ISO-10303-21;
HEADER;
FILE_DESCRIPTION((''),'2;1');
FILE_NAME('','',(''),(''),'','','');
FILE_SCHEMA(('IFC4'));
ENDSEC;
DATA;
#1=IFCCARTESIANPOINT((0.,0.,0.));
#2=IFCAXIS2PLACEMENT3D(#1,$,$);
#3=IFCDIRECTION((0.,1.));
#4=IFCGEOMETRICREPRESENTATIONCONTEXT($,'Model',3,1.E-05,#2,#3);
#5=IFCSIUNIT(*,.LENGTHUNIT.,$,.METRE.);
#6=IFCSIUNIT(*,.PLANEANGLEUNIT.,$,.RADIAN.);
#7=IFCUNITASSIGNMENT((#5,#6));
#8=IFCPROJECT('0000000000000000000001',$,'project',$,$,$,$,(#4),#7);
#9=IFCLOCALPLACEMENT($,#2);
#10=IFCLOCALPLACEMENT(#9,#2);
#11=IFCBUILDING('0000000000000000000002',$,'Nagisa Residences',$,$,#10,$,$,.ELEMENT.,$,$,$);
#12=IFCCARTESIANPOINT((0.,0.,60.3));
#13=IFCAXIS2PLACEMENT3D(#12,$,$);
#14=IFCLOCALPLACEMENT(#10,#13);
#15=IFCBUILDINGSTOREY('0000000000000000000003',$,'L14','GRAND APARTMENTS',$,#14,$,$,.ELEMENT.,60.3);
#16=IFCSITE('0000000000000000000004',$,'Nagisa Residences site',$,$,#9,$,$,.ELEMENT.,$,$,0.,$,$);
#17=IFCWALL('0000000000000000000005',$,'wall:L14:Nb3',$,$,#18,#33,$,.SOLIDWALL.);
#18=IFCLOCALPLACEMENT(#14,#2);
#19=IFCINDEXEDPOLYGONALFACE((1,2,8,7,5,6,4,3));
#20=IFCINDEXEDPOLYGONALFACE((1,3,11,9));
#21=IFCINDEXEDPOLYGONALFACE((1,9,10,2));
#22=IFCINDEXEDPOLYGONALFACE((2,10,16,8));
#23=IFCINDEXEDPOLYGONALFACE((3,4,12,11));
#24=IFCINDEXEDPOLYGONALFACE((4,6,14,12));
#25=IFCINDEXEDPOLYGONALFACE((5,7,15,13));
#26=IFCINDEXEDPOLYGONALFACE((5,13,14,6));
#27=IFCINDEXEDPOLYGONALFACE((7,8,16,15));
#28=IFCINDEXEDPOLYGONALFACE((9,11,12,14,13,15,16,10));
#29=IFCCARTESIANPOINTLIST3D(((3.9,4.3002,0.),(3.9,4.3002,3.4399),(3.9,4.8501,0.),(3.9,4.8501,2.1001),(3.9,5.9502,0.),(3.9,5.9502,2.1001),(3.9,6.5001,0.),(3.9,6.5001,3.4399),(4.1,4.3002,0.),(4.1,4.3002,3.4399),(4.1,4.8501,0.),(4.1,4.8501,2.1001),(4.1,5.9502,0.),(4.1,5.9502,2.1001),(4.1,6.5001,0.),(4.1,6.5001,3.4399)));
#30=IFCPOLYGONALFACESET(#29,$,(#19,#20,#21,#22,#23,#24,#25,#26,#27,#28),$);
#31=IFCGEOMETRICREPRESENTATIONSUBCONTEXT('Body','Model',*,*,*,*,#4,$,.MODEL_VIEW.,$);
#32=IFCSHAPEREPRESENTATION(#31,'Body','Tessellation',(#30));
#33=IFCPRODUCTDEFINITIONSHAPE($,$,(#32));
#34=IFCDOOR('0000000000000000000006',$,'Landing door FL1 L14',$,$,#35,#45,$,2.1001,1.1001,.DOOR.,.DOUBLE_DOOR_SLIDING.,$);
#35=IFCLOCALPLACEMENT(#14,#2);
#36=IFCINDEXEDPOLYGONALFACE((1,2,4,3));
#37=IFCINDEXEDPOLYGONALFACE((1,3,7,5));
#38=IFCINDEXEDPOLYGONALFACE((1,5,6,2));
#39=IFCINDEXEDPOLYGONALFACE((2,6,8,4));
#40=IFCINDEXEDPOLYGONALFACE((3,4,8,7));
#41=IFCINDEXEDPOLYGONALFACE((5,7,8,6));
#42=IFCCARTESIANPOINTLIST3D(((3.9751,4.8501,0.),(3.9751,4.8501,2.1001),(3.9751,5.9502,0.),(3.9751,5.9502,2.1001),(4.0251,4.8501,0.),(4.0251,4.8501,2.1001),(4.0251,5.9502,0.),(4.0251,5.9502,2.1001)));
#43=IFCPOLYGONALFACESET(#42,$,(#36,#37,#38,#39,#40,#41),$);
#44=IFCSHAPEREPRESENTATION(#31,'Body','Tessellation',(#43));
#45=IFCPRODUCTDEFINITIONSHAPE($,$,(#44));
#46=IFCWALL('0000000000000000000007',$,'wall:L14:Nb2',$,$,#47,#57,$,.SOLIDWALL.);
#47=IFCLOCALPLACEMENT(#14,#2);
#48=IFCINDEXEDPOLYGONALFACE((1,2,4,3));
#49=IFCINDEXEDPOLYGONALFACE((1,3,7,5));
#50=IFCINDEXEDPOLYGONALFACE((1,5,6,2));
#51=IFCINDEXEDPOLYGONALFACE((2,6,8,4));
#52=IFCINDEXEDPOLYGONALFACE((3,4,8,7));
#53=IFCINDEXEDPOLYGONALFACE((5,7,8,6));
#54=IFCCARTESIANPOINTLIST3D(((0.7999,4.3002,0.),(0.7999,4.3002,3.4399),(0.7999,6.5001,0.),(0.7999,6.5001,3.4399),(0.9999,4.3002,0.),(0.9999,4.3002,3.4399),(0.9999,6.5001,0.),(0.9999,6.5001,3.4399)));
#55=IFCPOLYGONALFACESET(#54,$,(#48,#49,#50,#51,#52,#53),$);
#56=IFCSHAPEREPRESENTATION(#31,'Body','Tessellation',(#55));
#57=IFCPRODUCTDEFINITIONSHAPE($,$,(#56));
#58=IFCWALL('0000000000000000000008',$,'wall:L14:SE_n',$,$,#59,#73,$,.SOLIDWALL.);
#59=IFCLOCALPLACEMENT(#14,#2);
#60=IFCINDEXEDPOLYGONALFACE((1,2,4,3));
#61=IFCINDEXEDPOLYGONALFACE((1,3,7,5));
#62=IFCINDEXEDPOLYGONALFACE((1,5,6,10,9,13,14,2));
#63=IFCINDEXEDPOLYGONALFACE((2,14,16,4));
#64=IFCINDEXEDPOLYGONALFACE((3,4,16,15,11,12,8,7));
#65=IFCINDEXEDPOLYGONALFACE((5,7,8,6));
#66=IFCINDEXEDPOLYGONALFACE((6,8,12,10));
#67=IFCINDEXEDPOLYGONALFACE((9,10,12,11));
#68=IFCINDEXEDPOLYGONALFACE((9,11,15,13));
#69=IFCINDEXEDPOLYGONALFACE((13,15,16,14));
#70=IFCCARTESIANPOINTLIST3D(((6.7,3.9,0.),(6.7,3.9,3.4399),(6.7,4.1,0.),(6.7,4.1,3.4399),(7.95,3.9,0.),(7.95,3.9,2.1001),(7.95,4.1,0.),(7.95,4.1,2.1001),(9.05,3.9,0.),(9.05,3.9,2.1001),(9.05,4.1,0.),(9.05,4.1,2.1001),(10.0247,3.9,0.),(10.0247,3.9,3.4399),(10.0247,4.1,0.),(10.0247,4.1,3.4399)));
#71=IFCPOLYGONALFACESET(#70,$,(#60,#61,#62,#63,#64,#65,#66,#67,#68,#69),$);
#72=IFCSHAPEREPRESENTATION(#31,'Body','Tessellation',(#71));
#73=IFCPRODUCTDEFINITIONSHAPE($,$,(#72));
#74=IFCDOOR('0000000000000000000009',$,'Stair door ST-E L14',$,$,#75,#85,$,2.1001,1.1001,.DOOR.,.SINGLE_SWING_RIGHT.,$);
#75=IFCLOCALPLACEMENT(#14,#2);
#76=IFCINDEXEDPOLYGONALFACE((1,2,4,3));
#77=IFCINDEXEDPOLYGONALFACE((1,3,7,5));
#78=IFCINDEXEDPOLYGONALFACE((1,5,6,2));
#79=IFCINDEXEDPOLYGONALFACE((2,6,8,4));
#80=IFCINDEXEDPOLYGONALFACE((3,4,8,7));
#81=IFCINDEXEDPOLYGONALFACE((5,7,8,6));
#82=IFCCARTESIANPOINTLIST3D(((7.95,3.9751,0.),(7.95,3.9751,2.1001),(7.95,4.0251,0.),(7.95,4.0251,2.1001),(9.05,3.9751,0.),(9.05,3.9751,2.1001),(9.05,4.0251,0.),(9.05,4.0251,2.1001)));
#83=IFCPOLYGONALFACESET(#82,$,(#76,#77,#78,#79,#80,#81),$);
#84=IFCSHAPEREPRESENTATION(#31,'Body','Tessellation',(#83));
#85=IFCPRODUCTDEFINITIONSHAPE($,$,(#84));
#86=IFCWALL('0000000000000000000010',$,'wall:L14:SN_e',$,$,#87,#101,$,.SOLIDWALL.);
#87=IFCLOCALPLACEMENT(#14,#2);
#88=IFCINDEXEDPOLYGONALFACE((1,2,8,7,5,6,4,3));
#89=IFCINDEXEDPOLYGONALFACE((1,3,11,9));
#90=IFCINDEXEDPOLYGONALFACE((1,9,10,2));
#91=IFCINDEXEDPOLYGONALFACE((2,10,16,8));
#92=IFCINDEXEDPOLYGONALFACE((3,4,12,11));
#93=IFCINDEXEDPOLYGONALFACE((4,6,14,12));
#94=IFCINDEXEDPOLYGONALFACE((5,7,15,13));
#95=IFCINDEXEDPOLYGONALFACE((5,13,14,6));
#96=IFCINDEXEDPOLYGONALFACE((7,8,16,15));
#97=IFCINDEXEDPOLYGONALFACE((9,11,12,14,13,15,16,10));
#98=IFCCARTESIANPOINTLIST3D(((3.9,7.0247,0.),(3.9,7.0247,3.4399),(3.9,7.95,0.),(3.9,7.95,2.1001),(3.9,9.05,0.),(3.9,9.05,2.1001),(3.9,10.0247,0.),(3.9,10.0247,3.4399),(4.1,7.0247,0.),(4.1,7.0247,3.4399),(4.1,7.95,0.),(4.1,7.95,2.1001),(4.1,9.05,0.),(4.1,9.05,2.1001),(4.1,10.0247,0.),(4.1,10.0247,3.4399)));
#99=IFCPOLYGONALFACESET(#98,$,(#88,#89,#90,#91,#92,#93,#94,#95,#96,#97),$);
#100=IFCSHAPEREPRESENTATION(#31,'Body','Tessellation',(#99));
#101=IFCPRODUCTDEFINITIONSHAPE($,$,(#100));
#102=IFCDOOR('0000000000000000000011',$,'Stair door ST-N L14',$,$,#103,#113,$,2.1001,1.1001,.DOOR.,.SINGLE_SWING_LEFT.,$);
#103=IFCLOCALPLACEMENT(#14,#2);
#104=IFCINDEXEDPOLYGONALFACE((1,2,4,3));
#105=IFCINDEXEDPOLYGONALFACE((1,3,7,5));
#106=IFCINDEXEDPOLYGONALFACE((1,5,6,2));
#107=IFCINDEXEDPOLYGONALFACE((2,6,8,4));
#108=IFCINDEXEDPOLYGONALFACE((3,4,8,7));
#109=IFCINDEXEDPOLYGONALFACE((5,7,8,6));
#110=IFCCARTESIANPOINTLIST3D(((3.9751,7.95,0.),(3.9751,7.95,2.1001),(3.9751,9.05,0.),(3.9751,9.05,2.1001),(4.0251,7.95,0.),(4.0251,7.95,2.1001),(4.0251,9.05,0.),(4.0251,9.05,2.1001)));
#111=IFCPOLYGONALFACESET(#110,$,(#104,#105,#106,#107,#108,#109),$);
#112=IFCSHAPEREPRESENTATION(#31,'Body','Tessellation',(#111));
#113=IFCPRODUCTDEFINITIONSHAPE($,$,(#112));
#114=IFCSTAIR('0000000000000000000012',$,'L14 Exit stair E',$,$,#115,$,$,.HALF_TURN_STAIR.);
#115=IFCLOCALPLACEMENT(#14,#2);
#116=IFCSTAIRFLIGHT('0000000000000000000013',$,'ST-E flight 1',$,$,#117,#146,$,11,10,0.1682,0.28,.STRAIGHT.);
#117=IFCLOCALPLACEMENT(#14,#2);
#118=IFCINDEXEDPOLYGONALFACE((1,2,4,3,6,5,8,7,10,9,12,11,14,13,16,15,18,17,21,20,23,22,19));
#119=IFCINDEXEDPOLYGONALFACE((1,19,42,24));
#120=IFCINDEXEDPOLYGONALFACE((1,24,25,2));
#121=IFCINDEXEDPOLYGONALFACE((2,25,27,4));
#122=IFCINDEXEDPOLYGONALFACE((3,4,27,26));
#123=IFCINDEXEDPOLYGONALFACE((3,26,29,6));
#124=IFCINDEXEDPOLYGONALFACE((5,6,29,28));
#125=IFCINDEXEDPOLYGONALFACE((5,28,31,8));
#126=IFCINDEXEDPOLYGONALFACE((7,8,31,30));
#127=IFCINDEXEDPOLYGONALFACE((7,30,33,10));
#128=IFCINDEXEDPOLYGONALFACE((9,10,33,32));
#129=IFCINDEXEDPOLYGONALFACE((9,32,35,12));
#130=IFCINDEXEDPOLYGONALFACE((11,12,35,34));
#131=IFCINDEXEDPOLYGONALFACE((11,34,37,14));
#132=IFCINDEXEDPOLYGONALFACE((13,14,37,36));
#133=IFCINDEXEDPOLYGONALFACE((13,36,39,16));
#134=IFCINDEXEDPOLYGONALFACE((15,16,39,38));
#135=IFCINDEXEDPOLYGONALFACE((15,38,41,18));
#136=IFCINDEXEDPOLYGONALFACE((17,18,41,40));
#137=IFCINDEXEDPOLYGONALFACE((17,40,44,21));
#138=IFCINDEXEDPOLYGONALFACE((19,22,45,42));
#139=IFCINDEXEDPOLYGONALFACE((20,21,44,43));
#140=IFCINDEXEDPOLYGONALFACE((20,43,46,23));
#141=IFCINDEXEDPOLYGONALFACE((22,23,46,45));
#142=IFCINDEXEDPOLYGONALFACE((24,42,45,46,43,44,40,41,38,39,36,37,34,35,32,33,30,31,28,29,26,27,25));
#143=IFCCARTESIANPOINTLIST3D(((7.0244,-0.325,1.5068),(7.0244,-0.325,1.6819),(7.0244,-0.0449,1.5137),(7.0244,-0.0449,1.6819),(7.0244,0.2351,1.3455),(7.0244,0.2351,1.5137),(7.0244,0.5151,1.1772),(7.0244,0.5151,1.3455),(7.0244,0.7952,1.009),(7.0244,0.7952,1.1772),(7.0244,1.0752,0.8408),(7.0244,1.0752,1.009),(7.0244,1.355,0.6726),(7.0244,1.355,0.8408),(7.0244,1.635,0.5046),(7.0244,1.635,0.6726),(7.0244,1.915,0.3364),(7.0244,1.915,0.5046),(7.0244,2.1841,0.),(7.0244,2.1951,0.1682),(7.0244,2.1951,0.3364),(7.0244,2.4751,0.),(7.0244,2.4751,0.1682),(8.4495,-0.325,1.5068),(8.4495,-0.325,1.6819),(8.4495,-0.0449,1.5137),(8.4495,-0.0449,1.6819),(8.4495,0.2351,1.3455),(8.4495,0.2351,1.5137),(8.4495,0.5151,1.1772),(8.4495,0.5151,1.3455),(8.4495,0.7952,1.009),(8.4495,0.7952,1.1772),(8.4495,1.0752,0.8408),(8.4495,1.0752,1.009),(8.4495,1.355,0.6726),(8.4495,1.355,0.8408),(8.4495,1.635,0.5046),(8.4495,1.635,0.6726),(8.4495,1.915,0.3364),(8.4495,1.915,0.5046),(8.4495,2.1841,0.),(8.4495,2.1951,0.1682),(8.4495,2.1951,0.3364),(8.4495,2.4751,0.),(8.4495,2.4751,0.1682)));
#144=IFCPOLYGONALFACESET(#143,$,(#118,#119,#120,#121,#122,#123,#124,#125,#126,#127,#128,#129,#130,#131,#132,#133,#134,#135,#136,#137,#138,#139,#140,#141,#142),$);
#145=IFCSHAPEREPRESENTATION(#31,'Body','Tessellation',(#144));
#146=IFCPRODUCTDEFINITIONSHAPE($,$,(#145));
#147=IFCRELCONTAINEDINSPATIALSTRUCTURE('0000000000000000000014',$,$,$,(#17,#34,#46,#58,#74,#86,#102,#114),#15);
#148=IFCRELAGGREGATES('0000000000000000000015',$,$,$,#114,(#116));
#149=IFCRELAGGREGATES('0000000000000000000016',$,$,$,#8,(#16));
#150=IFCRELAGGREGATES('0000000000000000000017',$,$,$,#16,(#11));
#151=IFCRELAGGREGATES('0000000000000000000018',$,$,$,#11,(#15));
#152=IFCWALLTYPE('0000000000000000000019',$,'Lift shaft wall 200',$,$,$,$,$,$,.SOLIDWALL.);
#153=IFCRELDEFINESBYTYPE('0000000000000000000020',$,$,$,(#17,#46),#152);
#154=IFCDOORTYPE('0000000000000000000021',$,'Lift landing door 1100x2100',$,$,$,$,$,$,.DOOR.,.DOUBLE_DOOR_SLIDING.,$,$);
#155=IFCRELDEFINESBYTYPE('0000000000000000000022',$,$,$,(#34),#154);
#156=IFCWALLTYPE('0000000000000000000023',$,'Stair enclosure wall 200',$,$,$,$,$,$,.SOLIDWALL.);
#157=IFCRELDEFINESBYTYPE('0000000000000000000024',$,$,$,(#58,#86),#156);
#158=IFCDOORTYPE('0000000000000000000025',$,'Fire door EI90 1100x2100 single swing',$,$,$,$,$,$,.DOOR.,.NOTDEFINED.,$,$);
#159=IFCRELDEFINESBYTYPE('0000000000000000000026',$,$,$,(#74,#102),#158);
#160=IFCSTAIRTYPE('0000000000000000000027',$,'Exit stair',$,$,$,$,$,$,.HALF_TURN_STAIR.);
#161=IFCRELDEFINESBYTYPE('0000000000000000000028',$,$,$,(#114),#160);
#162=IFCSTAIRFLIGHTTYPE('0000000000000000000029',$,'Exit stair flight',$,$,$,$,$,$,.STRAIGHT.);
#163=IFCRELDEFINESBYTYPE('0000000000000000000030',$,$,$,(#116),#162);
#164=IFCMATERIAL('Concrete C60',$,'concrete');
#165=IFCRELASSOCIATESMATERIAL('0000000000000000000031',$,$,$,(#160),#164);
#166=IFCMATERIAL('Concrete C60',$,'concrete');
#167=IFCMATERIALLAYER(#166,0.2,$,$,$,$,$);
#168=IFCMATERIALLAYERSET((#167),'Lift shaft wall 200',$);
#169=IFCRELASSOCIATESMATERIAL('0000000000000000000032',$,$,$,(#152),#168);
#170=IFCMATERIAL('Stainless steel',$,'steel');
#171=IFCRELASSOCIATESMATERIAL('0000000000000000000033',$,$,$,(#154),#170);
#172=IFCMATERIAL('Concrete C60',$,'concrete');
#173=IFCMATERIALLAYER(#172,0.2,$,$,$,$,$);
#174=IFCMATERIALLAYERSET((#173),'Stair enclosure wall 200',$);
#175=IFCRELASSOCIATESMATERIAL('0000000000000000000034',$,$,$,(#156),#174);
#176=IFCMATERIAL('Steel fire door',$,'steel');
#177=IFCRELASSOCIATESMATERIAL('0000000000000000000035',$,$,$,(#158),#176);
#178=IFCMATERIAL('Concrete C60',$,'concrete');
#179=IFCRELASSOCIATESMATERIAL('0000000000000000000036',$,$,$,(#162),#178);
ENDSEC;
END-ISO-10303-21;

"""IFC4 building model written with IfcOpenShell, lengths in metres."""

from ifc_helpers import new_model, si_unit, direction, frame, frame_2d, origin, place, context, subcontext, project, spatial, polyline, rectangle, outline, extrude, material, layer, layer_set, type_object, element, fill, aggregate, save


model = new_model("IFC4")

# Units and contexts
model_context = context("Model", 3, precision=1e-05, world=origin(), true_north=direction((0.0, 1.0)))
body_context = subcontext(model_context, "Body", "Model", "MODEL_VIEW")
ifc_project = project(units=[si_unit("LENGTHUNIT", "METRE"), si_unit("PLANEANGLEUNIT", "RADIAN")], contexts=[model_context])

# Site, building, storey
site_placement = place(None, origin())
site = spatial("IfcSite", under=ifc_project, at=site_placement, Name="Nagisa Residences site", CompositionType="ELEMENT", RefElevation=0.0)
building_placement = place(site_placement, origin())
building = spatial("IfcBuilding", under=site, at=building_placement, Name="Nagisa Residences", CompositionType="ELEMENT")
storey_placement = place(building_placement, frame((0.0, 0.0, 60.3)))
storey = spatial("IfcBuildingStorey", under=building, at=storey_placement, Name="L14", Description="GRAND APARTMENTS", CompositionType="ELEMENT", Elevation=60.3)

# Shared definitions
ifc_material_1 = material(Name="Concrete C60", Category="concrete")
stair_type = type_object("IfcStairType", Name="Exit stair", PredefinedType="HALF_TURN_STAIR", material=ifc_material_1)

# Wall, opening, door
ifc_material_2 = material(Name="Concrete C60", Category="concrete")
ifc_layer_1 = layer(ifc_material_2, 0.2)
ifc_layer_set_1 = layer_set([ifc_layer_1], Name="Lift shaft wall 200")
wall_type_1 = type_object("IfcWallType", Name="Lift shaft wall 200", PredefinedType="SOLIDWALL", material=ifc_layer_set_1)
wall_1_placement = place(storey_placement, frame((4.0, 4.3, 0.0), z_axis=(0.0, 0.0, 1.0), x_axis=(0.0, 1.0, 0.0)))
wall_1 = element("IfcWall", 1, at=wall_1_placement, inside=storey, type_object=wall_type_1, Name="wall:L14:Nb3", PredefinedType="SOLIDWALL", context=body_context, shape_type="SweptSolid", body=[
    extrude(rectangle(XDim=2.2, YDim=0.2, at=frame_2d((1.1001, 0.0))), origin(), (0.0, 0.0, 1.0), 3.4399),
])
opening_1_placement = place(wall_1_placement, frame((0.55, 0.0, 0.0)))
opening_1 = element("IfcOpeningElement", 2, at=opening_1_placement, cuts=wall_1, PredefinedType="OPENING", context=body_context, shape_type="SweptSolid", body=[
    extrude(rectangle(XDim=1.1001, YDim=2.1001, at=frame_2d((0.55, 1.05))), frame((0.0, 0.1099, 0.0), z_axis=(0.0, -1.0, 0.0), x_axis=(1.0, 0.0, 0.0)), (0.0, 0.0, 1.0), 0.22),
])
ifc_material_3 = material(Name="Stainless steel", Category="steel")
door_type_1 = type_object("IfcDoorType", Name="Lift landing door 1100x2100", OperationType="DOUBLE_DOOR_SLIDING", PredefinedType="DOOR", material=ifc_material_3)
door_1_placement = place(opening_1_placement, origin())
door_1 = element("IfcDoor", 3, at=door_1_placement, inside=storey, type_object=door_type_1, Name="Landing door FL1 L14", OperationType="DOUBLE_DOOR_SLIDING", OverallHeight=2.1001, OverallWidth=1.1001, PredefinedType="DOOR", context=body_context, shape_type="SweptSolid", body=[
    extrude(rectangle(XDim=1.1001, YDim=2.1001, at=frame_2d((0.55, 1.05))), frame((0.0, 0.0249, 0.0), z_axis=(0.0, -1.0, 0.0), x_axis=(1.0, 0.0, 0.0)), (0.0, 0.0, 1.0), 0.05),
])
fill(opening_1, door_1)

# Wall
wall_2_placement = place(storey_placement, frame((0.8999, 4.3, 0.0), z_axis=(0.0, 0.0, 1.0), x_axis=(0.0, 1.0, 0.0)))
element("IfcWall", 4, at=wall_2_placement, inside=storey, type_object=wall_type_1, Name="wall:L14:Nb2", PredefinedType="SOLIDWALL", context=body_context, shape_type="SweptSolid", body=[
    extrude(rectangle(XDim=2.2, YDim=0.2, at=frame_2d((1.1001, 0.0))), origin(), (0.0, 0.0, 1.0), 3.4399),
])

# Walls, openings, doors
ifc_material_4 = material(Name="Concrete C60", Category="concrete")
ifc_layer_2 = layer(ifc_material_4, 0.2)
ifc_layer_set_2 = layer_set([ifc_layer_2], Name="Stair enclosure wall 200")
wall_type_2 = type_object("IfcWallType", Name="Stair enclosure wall 200", PredefinedType="SOLIDWALL", material=ifc_layer_set_2)
wall_3_placement = place(storey_placement, frame((6.7, 4.0, 0.0), z_axis=(0.0, 0.0, 1.0), x_axis=(1.0, 0.0, 0.0)))
wall_3 = element("IfcWall", 5, at=wall_3_placement, inside=storey, type_object=wall_type_2, Name="wall:L14:SE_n", PredefinedType="SOLIDWALL", context=body_context, shape_type="SweptSolid", body=[
    extrude(rectangle(XDim=3.3247, YDim=0.2, at=frame_2d((1.6624, 0.0))), origin(), (0.0, 0.0, 1.0), 3.4399),
])
opening_2_placement = place(wall_3_placement, frame((1.25, 0.0, 0.0)))
opening_2 = element("IfcOpeningElement", 6, at=opening_2_placement, cuts=wall_3, PredefinedType="OPENING", context=body_context, shape_type="SweptSolid", body=[
    extrude(rectangle(XDim=1.1001, YDim=2.1001, at=frame_2d((0.55, 1.05))), frame((0.0, 0.1099, 0.0), z_axis=(0.0, -1.0, 0.0), x_axis=(1.0, 0.0, 0.0)), (0.0, 0.0, 1.0), 0.22),
])
ifc_material_5 = material(Name="Steel fire door", Category="steel")
door_type_2 = type_object("IfcDoorType", Name="Fire door EI90 1100x2100 single swing", OperationType="NOTDEFINED", PredefinedType="DOOR", material=ifc_material_5)
door_2_placement = place(opening_2_placement, frame((1.1001, 0.0, 0.0), x_axis=(-1.0, 0.0, 0.0)))
door_2 = element("IfcDoor", 7, at=door_2_placement, inside=storey, type_object=door_type_2, Name="Stair door ST-E L14", OperationType="SINGLE_SWING_RIGHT", OverallHeight=2.1001, OverallWidth=1.1001, PredefinedType="DOOR", context=body_context, shape_type="SweptSolid", body=[
    extrude(rectangle(XDim=1.1001, YDim=2.1001, at=frame_2d((0.55, 1.05))), frame((0.0, 0.0249, 0.0), z_axis=(0.0, -1.0, 0.0), x_axis=(1.0, 0.0, 0.0)), (0.0, 0.0, 1.0), 0.05),
])
fill(opening_2, door_2)
wall_4_placement = place(storey_placement, frame((4.0, 7.0247, 0.0), z_axis=(0.0, 0.0, 1.0), x_axis=(0.0, 1.0, 0.0)))
wall_4 = element("IfcWall", 8, at=wall_4_placement, inside=storey, type_object=wall_type_2, Name="wall:L14:SN_e", PredefinedType="SOLIDWALL", context=body_context, shape_type="SweptSolid", body=[
    extrude(rectangle(XDim=3.0, YDim=0.2, at=frame_2d((1.5, 0.0))), origin(), (0.0, 0.0, 1.0), 3.4399),
])
opening_3_placement = place(wall_4_placement, frame((0.9253, 0.0, 0.0)))
opening_3 = element("IfcOpeningElement", 9, at=opening_3_placement, cuts=wall_4, PredefinedType="OPENING", context=body_context, shape_type="SweptSolid", body=[
    extrude(rectangle(XDim=1.1001, YDim=2.1001, at=frame_2d((0.55, 1.05))), frame((0.0, 0.1099, 0.0), z_axis=(0.0, -1.0, 0.0), x_axis=(1.0, 0.0, 0.0)), (0.0, 0.0, 1.0), 0.22),
])
door_3_placement = place(opening_3_placement, origin())
door_3 = element("IfcDoor", 10, at=door_3_placement, inside=storey, type_object=door_type_2, Name="Stair door ST-N L14", OperationType="SINGLE_SWING_LEFT", OverallHeight=2.1001, OverallWidth=1.1001, PredefinedType="DOOR", context=body_context, shape_type="SweptSolid", body=[
    extrude(rectangle(XDim=1.1001, YDim=2.1001, at=frame_2d((0.55, 1.05))), frame((0.0, 0.0249, 0.0), z_axis=(0.0, -1.0, 0.0), x_axis=(1.0, 0.0, 0.0)), (0.0, 0.0, 1.0), 0.05),
])
fill(opening_3, door_3)

# Stair, stair flight
stair_1_placement = place(storey_placement, origin())
stair_1 = element("IfcStair", 11, at=stair_1_placement, inside=storey, type_object=stair_type, Name="L14 Exit stair E", PredefinedType="HALF_TURN_STAIR")
ifc_material_6 = material(Name="Concrete C60", Category="concrete")
stair_flight_type = type_object("IfcStairFlightType", Name="Exit stair flight", PredefinedType="STRAIGHT", material=ifc_material_6)
stair_flight_placement = place(storey_placement, frame((7.7371, 2.4751, 0.0), z_axis=(0.0, 0.0, 1.0), x_axis=(0.0, -1.0, 0.0)))
stair_flight = element("IfcStairFlight", 12, at=stair_flight_placement, type_object=stair_flight_type, Name="ST-E flight 1", NumberOfRisers=11, NumberOfTreads=10, PredefinedType="STRAIGHT", RiserHeight=0.1682, TreadLength=0.28, context=body_context, shape_type="SweptSolid", body=[
    extrude(outline(polyline([(0.0, 0.0), (0.0, 0.1682), (0.28, 0.1682), (0.28, 0.3364), (0.5601, 0.3364), (0.5601, 0.5046), (0.8401, 0.5046), (0.8401, 0.6726), (1.1201, 0.6726), (1.1201, 0.8408), (1.3999, 0.8408), (1.3999, 1.009), (1.6799, 1.009), (1.6799, 1.1772), (1.96, 1.1772), (1.96, 1.3455), (2.24, 1.3455), (2.24, 1.5137), (2.52, 1.5137), (2.52, 1.6819), (2.8, 1.6819), (2.8, 1.8501), (2.8, 1.5068), (0.291, 0.0), (0.0, 0.0)])), frame((0.0, 0.7124, 0.0), z_axis=(0.0, -1.0, 0.0), x_axis=(1.0, 0.0, 0.0)), (0.0, 0.0, 1.0), 1.425),
])
aggregate(stair_1, [stair_flight])

save(model, "model.ifc")
